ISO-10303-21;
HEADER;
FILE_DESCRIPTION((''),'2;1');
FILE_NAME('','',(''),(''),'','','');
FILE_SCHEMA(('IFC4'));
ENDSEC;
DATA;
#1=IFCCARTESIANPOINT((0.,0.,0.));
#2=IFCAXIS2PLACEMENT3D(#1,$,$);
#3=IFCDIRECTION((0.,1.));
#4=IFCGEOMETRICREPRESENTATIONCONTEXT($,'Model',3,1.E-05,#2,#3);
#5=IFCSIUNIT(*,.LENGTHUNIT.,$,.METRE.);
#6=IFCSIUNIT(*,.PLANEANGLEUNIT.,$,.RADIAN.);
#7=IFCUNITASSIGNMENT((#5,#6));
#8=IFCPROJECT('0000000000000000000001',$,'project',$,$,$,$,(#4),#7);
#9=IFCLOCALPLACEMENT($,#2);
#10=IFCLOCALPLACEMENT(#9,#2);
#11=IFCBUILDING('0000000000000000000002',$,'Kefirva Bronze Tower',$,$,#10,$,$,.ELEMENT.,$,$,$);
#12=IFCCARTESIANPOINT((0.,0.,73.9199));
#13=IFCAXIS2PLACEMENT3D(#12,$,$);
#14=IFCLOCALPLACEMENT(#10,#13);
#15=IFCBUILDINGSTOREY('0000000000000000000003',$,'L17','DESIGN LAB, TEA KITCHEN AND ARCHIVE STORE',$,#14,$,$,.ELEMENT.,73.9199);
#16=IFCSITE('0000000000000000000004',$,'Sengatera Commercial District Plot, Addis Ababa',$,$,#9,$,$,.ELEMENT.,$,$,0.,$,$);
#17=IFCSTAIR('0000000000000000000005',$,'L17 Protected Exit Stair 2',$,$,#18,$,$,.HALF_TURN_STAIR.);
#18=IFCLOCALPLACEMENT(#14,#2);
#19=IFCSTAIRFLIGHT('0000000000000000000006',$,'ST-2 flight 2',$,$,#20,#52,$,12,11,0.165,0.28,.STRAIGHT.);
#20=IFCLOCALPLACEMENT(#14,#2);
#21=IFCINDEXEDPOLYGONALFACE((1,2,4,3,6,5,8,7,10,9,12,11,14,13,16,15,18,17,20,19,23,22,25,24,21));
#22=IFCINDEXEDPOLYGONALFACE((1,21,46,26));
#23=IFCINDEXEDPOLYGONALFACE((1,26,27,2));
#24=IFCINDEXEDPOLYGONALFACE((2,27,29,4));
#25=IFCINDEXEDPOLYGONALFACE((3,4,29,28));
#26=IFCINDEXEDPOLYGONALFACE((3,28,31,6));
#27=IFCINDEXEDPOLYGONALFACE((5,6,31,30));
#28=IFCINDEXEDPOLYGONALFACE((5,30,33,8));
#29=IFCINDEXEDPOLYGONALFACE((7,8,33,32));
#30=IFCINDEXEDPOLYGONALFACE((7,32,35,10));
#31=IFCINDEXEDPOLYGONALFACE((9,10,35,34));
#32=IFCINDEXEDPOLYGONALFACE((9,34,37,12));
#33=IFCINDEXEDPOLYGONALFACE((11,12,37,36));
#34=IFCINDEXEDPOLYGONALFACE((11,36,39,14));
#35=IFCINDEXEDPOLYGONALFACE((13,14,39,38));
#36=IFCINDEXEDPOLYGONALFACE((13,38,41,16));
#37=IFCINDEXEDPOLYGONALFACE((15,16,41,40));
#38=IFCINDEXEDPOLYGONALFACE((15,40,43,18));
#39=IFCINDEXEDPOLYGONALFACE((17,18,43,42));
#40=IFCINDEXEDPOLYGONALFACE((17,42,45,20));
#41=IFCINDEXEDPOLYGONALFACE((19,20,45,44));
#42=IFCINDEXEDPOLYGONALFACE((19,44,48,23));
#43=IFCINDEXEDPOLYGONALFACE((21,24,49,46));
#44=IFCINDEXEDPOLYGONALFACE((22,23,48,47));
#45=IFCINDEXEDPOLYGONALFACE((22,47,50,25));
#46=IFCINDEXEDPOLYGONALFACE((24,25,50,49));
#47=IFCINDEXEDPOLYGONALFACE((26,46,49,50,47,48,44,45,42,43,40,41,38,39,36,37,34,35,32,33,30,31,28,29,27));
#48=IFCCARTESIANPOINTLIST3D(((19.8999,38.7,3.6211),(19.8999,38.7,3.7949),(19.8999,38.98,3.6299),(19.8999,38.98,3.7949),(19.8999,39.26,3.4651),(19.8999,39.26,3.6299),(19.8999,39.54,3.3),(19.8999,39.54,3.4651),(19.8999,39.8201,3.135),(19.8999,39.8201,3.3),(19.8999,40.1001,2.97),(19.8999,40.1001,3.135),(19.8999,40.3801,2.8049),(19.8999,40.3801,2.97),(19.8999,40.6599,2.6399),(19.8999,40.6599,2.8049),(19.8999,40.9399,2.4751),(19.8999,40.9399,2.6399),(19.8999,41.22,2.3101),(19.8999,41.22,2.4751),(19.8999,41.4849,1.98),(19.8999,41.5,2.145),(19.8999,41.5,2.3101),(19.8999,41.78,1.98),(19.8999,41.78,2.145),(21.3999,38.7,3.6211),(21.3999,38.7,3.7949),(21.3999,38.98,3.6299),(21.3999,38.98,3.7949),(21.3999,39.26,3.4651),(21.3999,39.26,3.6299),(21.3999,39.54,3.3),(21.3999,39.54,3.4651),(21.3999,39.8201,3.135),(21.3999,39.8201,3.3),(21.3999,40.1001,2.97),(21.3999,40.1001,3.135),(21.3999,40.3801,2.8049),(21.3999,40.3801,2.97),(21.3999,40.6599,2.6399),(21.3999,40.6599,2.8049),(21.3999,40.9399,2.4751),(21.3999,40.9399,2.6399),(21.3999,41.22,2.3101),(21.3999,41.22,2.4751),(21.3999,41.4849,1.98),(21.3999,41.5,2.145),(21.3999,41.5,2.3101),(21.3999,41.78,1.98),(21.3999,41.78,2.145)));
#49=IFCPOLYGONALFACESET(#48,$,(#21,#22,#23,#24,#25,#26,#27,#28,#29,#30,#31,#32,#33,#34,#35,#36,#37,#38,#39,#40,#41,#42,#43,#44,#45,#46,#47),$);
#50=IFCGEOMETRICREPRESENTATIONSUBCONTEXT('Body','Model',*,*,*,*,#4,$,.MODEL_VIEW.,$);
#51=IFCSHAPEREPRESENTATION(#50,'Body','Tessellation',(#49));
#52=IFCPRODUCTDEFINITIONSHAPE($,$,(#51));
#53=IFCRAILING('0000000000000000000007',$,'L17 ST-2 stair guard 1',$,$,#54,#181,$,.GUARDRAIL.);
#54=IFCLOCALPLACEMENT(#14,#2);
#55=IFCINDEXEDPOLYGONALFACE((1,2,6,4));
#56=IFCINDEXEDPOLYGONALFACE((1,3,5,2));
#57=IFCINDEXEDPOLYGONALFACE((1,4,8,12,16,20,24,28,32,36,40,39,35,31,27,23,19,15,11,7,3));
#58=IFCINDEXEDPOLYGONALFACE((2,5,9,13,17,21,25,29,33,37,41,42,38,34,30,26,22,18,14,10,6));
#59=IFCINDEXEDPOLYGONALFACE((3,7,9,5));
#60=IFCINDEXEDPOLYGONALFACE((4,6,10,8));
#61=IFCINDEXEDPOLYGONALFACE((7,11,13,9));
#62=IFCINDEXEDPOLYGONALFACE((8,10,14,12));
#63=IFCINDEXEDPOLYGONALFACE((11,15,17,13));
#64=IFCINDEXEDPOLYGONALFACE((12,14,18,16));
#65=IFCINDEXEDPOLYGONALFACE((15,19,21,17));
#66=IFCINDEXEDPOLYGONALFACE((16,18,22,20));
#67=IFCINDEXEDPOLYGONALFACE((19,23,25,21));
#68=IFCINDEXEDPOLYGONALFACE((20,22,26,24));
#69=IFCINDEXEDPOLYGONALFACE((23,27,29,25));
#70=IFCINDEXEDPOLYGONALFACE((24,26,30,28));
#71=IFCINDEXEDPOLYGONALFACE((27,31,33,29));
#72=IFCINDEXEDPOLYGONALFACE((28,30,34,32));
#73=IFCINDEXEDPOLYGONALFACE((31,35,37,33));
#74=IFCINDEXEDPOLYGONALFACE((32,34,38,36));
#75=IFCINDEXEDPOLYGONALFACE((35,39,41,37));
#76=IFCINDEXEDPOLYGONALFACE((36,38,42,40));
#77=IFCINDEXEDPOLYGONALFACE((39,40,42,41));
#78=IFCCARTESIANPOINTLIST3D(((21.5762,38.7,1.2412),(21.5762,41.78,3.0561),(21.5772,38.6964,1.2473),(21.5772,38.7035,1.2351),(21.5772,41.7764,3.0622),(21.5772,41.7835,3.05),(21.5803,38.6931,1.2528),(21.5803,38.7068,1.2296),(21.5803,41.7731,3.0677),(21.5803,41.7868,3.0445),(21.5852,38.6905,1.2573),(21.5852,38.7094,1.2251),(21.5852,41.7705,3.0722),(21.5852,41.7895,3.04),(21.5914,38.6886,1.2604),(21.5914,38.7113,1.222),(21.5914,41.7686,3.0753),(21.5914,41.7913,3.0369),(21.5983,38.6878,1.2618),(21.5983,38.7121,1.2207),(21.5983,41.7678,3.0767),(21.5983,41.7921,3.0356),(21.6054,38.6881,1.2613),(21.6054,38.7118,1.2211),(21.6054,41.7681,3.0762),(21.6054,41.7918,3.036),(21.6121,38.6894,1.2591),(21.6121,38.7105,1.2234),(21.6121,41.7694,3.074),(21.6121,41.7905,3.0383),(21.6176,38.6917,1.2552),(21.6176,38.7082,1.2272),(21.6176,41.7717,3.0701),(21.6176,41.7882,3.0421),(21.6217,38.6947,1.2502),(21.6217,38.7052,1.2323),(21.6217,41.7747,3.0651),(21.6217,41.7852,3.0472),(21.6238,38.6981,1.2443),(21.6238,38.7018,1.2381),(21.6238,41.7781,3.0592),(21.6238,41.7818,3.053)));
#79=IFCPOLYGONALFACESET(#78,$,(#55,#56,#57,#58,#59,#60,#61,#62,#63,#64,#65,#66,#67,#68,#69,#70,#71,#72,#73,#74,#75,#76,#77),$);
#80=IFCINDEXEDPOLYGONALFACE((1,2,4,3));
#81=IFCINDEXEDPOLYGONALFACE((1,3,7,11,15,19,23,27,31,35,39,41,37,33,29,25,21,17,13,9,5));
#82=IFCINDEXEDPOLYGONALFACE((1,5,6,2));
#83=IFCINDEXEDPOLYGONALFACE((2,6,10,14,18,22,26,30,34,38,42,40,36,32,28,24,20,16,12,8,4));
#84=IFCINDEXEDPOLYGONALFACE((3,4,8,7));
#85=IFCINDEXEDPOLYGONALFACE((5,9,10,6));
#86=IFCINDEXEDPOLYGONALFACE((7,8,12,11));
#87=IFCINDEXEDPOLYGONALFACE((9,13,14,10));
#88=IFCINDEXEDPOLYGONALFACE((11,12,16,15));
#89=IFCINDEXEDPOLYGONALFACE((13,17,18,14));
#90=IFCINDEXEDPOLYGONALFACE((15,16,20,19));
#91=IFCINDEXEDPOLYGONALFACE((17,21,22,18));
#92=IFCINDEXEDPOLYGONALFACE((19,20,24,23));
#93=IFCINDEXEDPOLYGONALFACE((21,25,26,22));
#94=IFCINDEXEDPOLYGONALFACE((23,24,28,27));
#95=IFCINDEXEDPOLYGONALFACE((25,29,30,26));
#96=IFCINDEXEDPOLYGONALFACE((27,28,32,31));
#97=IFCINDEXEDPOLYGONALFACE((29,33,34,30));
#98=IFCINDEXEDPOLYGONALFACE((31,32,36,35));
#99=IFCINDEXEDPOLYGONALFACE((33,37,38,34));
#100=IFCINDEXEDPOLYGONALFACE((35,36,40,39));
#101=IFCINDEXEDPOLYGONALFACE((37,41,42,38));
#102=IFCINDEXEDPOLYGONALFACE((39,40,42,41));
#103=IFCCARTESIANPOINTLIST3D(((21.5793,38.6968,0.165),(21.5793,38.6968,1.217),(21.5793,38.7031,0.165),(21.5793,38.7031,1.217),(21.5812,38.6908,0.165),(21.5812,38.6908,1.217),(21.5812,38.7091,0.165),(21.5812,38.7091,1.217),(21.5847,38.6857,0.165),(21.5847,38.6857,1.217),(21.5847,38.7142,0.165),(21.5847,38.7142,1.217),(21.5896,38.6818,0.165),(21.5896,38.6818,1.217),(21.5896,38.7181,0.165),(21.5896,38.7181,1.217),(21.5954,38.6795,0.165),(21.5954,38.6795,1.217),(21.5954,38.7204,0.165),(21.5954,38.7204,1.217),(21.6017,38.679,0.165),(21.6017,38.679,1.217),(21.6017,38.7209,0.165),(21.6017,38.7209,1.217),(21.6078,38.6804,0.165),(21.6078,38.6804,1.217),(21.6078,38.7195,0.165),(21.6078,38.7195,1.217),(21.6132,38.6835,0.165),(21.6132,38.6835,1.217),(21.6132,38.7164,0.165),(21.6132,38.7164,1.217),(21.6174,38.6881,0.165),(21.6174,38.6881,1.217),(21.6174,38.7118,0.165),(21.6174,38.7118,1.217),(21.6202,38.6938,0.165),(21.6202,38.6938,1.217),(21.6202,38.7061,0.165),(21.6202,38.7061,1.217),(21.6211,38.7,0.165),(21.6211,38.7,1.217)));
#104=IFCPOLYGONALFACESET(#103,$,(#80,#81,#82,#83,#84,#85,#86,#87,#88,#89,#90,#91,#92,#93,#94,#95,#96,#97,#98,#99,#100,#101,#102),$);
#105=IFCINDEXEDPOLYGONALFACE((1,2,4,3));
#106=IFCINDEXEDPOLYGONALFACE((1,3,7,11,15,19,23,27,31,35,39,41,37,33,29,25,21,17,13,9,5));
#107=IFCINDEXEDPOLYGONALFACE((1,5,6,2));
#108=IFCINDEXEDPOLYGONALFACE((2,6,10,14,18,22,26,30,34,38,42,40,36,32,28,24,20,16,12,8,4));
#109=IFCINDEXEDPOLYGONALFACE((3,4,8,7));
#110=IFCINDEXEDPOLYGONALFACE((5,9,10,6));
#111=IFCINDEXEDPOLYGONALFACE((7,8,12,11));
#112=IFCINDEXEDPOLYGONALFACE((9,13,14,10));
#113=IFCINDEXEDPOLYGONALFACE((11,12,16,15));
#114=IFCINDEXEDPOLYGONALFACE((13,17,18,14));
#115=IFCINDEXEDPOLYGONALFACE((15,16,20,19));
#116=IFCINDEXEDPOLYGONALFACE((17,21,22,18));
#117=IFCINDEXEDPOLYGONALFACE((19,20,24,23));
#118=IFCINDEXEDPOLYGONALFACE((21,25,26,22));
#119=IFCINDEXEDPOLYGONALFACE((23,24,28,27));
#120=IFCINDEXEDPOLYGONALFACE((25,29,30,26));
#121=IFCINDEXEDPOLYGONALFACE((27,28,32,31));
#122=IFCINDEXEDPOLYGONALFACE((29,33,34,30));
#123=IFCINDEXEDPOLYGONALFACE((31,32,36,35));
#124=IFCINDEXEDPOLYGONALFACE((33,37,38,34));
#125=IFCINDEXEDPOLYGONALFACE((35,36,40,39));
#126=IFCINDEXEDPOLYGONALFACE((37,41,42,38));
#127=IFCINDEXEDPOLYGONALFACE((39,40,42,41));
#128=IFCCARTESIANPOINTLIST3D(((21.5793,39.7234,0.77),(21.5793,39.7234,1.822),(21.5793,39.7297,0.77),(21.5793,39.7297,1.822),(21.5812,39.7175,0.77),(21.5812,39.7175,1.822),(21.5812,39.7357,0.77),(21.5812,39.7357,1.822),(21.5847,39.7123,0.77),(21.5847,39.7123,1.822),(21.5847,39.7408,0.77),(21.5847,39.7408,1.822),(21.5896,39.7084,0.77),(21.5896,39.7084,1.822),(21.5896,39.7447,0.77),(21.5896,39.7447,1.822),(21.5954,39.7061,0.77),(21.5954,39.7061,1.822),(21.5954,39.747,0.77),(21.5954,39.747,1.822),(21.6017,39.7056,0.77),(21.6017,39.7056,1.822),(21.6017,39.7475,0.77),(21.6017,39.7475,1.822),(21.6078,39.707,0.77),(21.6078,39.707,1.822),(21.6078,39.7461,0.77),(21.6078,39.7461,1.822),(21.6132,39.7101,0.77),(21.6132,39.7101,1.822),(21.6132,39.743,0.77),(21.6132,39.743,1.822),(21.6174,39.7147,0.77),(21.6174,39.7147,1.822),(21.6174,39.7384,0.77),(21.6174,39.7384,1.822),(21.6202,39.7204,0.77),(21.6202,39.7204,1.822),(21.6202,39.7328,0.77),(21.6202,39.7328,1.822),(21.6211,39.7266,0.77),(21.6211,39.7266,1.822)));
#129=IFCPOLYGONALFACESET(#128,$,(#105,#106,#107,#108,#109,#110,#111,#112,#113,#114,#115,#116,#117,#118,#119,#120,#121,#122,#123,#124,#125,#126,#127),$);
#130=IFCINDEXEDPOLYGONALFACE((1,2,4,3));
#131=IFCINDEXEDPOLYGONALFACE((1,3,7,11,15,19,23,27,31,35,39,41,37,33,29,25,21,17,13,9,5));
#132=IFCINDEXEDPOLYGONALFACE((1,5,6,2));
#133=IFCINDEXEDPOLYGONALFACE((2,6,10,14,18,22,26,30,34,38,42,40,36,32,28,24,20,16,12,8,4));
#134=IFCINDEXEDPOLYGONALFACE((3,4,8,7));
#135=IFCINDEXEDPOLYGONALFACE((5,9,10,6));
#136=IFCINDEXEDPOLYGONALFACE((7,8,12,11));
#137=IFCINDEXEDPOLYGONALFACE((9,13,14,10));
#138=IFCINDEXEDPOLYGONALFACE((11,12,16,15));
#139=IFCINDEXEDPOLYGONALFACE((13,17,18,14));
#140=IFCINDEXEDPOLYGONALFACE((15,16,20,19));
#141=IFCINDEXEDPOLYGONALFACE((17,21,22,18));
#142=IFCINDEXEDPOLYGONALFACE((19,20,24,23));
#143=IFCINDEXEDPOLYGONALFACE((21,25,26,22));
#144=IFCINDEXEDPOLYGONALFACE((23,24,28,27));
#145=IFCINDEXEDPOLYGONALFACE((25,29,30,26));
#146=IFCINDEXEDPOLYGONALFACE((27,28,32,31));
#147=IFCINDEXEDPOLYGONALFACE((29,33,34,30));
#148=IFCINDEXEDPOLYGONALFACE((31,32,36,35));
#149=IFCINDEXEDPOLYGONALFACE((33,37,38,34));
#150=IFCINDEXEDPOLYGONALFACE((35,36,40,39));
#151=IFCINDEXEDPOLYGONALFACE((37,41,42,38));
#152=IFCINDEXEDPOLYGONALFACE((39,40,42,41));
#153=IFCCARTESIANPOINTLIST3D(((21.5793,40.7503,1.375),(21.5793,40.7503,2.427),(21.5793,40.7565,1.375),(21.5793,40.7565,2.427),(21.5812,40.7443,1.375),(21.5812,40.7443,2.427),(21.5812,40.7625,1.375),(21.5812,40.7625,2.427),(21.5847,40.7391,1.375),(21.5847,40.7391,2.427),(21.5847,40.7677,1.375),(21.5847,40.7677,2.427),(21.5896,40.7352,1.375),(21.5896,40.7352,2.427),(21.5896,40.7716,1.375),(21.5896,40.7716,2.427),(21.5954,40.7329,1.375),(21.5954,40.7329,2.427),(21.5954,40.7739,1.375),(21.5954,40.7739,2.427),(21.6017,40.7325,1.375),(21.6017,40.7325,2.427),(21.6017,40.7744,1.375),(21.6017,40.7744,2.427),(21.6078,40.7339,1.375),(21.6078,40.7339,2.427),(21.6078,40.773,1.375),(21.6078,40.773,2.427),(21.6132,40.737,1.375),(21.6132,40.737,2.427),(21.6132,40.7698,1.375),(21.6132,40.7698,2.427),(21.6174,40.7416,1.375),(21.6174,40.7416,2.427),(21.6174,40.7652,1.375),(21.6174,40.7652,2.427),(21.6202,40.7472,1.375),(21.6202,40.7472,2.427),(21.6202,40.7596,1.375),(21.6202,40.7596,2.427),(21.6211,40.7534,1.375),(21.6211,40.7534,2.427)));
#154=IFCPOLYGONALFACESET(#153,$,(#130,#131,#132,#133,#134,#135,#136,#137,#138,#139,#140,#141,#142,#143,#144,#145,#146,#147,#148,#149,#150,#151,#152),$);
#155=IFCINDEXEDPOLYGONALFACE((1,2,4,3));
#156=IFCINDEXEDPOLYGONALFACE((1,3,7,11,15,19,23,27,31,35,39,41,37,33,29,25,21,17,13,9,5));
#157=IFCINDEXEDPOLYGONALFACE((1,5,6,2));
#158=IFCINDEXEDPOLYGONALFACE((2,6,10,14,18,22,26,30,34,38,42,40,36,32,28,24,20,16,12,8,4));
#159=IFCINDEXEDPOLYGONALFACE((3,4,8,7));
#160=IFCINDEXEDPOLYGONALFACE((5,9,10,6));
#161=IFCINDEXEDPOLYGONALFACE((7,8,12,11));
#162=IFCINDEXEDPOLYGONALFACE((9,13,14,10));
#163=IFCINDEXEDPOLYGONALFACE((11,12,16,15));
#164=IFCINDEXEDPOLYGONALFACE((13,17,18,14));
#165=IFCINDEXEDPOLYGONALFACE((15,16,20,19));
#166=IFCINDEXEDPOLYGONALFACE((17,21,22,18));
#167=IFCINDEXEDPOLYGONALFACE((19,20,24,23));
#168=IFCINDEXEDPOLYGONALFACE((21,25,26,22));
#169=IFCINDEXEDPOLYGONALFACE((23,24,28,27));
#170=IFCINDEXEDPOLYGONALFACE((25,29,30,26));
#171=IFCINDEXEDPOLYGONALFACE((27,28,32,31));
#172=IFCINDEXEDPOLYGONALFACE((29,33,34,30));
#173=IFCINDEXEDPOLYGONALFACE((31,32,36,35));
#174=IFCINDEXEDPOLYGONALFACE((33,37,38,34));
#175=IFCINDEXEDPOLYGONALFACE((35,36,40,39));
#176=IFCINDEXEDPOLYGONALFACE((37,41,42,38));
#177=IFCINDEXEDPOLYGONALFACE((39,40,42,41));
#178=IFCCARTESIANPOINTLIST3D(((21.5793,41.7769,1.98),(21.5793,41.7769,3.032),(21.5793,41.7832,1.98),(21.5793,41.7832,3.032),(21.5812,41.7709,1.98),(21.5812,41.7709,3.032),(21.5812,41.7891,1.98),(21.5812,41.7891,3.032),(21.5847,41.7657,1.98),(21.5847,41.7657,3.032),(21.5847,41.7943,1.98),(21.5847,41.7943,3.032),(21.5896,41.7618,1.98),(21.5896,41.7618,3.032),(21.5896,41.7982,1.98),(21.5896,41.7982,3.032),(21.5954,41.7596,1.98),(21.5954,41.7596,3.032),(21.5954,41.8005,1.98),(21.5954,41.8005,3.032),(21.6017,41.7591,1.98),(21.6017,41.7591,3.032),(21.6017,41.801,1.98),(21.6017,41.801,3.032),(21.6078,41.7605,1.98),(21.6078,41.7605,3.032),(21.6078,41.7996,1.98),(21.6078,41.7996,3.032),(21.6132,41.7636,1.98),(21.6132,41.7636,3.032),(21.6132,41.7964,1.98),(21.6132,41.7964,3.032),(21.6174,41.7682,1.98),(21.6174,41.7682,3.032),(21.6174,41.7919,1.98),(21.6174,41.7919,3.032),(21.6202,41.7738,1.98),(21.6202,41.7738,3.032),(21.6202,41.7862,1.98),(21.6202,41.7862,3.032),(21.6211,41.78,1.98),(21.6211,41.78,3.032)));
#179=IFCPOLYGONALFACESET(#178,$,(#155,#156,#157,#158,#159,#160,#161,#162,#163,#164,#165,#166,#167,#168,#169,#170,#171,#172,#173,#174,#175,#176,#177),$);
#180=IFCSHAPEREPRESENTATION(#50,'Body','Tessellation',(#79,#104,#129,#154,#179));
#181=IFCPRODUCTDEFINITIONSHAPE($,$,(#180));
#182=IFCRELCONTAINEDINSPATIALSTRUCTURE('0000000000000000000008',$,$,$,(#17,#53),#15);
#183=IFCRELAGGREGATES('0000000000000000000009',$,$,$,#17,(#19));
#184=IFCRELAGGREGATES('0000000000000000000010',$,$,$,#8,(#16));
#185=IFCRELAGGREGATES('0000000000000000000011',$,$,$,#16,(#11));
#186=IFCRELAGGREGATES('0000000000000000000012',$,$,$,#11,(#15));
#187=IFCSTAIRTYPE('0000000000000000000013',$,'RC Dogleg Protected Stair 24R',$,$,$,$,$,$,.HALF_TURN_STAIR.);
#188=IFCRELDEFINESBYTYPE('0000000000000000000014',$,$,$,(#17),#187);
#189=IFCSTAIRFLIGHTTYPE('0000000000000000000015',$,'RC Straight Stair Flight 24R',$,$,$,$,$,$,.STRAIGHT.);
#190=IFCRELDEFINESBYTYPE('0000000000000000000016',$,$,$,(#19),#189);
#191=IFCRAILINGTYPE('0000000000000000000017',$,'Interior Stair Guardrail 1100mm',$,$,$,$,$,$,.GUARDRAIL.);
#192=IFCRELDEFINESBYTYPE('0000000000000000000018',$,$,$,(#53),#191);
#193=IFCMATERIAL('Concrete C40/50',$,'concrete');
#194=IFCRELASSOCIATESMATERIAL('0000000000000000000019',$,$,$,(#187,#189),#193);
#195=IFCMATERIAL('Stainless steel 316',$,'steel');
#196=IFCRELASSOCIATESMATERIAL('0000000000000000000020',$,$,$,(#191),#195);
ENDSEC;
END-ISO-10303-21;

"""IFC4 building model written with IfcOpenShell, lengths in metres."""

from ifc_helpers import new_model, si_unit, direction, frame, origin, origin_2d, place, context, subcontext, project, spatial, polyline, circle, outline, extrude, material, type_object, element, aggregate, save


model = new_model("IFC4")

# Units and contexts
model_context = context("Model", 3, precision=1e-05, world=origin(), true_north=direction((0.0, 1.0)))
body_context = subcontext(model_context, "Body", "Model", "MODEL_VIEW")
ifc_project = project(units=[si_unit("LENGTHUNIT", "METRE"), si_unit("PLANEANGLEUNIT", "RADIAN")], contexts=[model_context])

# Site, building, storey
site_placement = place(None, origin())
site = spatial("IfcSite", under=ifc_project, at=site_placement, Name="Sengatera Commercial District Plot, Addis Ababa", CompositionType="ELEMENT", RefElevation=0.0)
building_placement = place(site_placement, origin())
building = spatial("IfcBuilding", under=site, at=building_placement, Name="Kefirva Bronze Tower", CompositionType="ELEMENT")
storey_placement = place(building_placement, frame((0.0, 0.0, 73.9199)))
storey = spatial("IfcBuildingStorey", under=building, at=storey_placement, Name="L17", Description="DESIGN LAB, TEA KITCHEN AND ARCHIVE STORE", CompositionType="ELEMENT", Elevation=73.9199)

# Stair, stair flight
ifc_material_1 = material(Name="Concrete C40/50", Category="concrete")
stair_type = type_object("IfcStairType", Name="RC Dogleg Protected Stair 24R", PredefinedType="HALF_TURN_STAIR", material=ifc_material_1)
stair_placement = place(storey_placement, origin())
stair = element("IfcStair", 1, at=stair_placement, inside=storey, type_object=stair_type, Name="L17 Protected Exit Stair 2", PredefinedType="HALF_TURN_STAIR")
stair_flight_type = type_object("IfcStairFlightType", Name="RC Straight Stair Flight 24R", PredefinedType="STRAIGHT", material=ifc_material_1)
stair_flight_1_placement = place(storey_placement, frame((20.6499, 41.78, 1.98), z_axis=(0.0, 0.0, 1.0), x_axis=(0.0, -1.0, 0.0)))
stair_flight_1 = element("IfcStairFlight", 2, at=stair_flight_1_placement, type_object=stair_flight_type, Name="ST-2 flight 2", NumberOfRisers=12, NumberOfTreads=11, PredefinedType="STRAIGHT", RiserHeight=0.165, TreadLength=0.28, context=body_context, shape_type="SweptSolid", body=[
    extrude(outline(polyline([(0.0, 0.0), (0.0, 0.165), (0.28, 0.165), (0.28, 0.3301), (0.5601, 0.3301), (0.5601, 0.4951), (0.8401, 0.4951), (0.8401, 0.6599), (1.1201, 0.6599), (1.1201, 0.825), (1.3999, 0.825), (1.3999, 0.99), (1.6799, 0.99), (1.6799, 1.155), (1.96, 1.155), (1.96, 1.3201), (2.24, 1.3201), (2.24, 1.4851), (2.52, 1.4851), (2.52, 1.6499), (2.8, 1.6499), (2.8, 1.8149), (3.0801, 1.8149), (3.0801, 1.98), (3.0801, 1.6411), (0.2952, 0.0), (0.0, 0.0)])), frame((0.0, 0.75, 0.0), z_axis=(0.0, -1.0, 0.0), x_axis=(1.0, 0.0, 0.0)), (0.0, 0.0, 1.0), 1.5),
])
aggregate(stair, [stair_flight_1])

# Railing
ifc_material_2 = material(Name="Stainless steel 316", Category="steel")
railing_type_1 = type_object("IfcRailingType", Name="Interior Stair Guardrail 1100mm", PredefinedType="GUARDRAIL", material=ifc_material_2)
railing_1_placement = place(storey_placement, frame((21.6001, 38.7, 0.165)))
element("IfcRailing", 3, at=railing_1_placement, inside=storey, type_object=railing_type_1, Name="L17 ST-2 stair guard 1", PredefinedType="GUARDRAIL", context=body_context, shape_type="SweptSolid", body=[
    extrude(circle(Radius=0.0239, at=origin_2d()), frame((0.0, 0.0, 1.0762), z_axis=(0.0, 0.861551, 0.507671), x_axis=(-1.0, 0.0, 0.0)), (0.0, 0.0, 1.0), 3.575),
    extrude(circle(Radius=0.021, at=origin_2d()), origin(), (0.0, 0.0, 1.0), 1.052),
    extrude(circle(Radius=0.021, at=origin_2d()), frame((0.0, 1.0266, 0.605)), (0.0, 0.0, 1.0), 1.052),
    extrude(circle(Radius=0.021, at=origin_2d()), frame((0.0, 2.0535, 1.21)), (0.0, 0.0, 1.0), 1.052),
    extrude(circle(Radius=0.021, at=origin_2d()), frame((0.0, 3.0801, 1.8149)), (0.0, 0.0, 1.0), 1.052),
])

save(model, "model.ifc")
